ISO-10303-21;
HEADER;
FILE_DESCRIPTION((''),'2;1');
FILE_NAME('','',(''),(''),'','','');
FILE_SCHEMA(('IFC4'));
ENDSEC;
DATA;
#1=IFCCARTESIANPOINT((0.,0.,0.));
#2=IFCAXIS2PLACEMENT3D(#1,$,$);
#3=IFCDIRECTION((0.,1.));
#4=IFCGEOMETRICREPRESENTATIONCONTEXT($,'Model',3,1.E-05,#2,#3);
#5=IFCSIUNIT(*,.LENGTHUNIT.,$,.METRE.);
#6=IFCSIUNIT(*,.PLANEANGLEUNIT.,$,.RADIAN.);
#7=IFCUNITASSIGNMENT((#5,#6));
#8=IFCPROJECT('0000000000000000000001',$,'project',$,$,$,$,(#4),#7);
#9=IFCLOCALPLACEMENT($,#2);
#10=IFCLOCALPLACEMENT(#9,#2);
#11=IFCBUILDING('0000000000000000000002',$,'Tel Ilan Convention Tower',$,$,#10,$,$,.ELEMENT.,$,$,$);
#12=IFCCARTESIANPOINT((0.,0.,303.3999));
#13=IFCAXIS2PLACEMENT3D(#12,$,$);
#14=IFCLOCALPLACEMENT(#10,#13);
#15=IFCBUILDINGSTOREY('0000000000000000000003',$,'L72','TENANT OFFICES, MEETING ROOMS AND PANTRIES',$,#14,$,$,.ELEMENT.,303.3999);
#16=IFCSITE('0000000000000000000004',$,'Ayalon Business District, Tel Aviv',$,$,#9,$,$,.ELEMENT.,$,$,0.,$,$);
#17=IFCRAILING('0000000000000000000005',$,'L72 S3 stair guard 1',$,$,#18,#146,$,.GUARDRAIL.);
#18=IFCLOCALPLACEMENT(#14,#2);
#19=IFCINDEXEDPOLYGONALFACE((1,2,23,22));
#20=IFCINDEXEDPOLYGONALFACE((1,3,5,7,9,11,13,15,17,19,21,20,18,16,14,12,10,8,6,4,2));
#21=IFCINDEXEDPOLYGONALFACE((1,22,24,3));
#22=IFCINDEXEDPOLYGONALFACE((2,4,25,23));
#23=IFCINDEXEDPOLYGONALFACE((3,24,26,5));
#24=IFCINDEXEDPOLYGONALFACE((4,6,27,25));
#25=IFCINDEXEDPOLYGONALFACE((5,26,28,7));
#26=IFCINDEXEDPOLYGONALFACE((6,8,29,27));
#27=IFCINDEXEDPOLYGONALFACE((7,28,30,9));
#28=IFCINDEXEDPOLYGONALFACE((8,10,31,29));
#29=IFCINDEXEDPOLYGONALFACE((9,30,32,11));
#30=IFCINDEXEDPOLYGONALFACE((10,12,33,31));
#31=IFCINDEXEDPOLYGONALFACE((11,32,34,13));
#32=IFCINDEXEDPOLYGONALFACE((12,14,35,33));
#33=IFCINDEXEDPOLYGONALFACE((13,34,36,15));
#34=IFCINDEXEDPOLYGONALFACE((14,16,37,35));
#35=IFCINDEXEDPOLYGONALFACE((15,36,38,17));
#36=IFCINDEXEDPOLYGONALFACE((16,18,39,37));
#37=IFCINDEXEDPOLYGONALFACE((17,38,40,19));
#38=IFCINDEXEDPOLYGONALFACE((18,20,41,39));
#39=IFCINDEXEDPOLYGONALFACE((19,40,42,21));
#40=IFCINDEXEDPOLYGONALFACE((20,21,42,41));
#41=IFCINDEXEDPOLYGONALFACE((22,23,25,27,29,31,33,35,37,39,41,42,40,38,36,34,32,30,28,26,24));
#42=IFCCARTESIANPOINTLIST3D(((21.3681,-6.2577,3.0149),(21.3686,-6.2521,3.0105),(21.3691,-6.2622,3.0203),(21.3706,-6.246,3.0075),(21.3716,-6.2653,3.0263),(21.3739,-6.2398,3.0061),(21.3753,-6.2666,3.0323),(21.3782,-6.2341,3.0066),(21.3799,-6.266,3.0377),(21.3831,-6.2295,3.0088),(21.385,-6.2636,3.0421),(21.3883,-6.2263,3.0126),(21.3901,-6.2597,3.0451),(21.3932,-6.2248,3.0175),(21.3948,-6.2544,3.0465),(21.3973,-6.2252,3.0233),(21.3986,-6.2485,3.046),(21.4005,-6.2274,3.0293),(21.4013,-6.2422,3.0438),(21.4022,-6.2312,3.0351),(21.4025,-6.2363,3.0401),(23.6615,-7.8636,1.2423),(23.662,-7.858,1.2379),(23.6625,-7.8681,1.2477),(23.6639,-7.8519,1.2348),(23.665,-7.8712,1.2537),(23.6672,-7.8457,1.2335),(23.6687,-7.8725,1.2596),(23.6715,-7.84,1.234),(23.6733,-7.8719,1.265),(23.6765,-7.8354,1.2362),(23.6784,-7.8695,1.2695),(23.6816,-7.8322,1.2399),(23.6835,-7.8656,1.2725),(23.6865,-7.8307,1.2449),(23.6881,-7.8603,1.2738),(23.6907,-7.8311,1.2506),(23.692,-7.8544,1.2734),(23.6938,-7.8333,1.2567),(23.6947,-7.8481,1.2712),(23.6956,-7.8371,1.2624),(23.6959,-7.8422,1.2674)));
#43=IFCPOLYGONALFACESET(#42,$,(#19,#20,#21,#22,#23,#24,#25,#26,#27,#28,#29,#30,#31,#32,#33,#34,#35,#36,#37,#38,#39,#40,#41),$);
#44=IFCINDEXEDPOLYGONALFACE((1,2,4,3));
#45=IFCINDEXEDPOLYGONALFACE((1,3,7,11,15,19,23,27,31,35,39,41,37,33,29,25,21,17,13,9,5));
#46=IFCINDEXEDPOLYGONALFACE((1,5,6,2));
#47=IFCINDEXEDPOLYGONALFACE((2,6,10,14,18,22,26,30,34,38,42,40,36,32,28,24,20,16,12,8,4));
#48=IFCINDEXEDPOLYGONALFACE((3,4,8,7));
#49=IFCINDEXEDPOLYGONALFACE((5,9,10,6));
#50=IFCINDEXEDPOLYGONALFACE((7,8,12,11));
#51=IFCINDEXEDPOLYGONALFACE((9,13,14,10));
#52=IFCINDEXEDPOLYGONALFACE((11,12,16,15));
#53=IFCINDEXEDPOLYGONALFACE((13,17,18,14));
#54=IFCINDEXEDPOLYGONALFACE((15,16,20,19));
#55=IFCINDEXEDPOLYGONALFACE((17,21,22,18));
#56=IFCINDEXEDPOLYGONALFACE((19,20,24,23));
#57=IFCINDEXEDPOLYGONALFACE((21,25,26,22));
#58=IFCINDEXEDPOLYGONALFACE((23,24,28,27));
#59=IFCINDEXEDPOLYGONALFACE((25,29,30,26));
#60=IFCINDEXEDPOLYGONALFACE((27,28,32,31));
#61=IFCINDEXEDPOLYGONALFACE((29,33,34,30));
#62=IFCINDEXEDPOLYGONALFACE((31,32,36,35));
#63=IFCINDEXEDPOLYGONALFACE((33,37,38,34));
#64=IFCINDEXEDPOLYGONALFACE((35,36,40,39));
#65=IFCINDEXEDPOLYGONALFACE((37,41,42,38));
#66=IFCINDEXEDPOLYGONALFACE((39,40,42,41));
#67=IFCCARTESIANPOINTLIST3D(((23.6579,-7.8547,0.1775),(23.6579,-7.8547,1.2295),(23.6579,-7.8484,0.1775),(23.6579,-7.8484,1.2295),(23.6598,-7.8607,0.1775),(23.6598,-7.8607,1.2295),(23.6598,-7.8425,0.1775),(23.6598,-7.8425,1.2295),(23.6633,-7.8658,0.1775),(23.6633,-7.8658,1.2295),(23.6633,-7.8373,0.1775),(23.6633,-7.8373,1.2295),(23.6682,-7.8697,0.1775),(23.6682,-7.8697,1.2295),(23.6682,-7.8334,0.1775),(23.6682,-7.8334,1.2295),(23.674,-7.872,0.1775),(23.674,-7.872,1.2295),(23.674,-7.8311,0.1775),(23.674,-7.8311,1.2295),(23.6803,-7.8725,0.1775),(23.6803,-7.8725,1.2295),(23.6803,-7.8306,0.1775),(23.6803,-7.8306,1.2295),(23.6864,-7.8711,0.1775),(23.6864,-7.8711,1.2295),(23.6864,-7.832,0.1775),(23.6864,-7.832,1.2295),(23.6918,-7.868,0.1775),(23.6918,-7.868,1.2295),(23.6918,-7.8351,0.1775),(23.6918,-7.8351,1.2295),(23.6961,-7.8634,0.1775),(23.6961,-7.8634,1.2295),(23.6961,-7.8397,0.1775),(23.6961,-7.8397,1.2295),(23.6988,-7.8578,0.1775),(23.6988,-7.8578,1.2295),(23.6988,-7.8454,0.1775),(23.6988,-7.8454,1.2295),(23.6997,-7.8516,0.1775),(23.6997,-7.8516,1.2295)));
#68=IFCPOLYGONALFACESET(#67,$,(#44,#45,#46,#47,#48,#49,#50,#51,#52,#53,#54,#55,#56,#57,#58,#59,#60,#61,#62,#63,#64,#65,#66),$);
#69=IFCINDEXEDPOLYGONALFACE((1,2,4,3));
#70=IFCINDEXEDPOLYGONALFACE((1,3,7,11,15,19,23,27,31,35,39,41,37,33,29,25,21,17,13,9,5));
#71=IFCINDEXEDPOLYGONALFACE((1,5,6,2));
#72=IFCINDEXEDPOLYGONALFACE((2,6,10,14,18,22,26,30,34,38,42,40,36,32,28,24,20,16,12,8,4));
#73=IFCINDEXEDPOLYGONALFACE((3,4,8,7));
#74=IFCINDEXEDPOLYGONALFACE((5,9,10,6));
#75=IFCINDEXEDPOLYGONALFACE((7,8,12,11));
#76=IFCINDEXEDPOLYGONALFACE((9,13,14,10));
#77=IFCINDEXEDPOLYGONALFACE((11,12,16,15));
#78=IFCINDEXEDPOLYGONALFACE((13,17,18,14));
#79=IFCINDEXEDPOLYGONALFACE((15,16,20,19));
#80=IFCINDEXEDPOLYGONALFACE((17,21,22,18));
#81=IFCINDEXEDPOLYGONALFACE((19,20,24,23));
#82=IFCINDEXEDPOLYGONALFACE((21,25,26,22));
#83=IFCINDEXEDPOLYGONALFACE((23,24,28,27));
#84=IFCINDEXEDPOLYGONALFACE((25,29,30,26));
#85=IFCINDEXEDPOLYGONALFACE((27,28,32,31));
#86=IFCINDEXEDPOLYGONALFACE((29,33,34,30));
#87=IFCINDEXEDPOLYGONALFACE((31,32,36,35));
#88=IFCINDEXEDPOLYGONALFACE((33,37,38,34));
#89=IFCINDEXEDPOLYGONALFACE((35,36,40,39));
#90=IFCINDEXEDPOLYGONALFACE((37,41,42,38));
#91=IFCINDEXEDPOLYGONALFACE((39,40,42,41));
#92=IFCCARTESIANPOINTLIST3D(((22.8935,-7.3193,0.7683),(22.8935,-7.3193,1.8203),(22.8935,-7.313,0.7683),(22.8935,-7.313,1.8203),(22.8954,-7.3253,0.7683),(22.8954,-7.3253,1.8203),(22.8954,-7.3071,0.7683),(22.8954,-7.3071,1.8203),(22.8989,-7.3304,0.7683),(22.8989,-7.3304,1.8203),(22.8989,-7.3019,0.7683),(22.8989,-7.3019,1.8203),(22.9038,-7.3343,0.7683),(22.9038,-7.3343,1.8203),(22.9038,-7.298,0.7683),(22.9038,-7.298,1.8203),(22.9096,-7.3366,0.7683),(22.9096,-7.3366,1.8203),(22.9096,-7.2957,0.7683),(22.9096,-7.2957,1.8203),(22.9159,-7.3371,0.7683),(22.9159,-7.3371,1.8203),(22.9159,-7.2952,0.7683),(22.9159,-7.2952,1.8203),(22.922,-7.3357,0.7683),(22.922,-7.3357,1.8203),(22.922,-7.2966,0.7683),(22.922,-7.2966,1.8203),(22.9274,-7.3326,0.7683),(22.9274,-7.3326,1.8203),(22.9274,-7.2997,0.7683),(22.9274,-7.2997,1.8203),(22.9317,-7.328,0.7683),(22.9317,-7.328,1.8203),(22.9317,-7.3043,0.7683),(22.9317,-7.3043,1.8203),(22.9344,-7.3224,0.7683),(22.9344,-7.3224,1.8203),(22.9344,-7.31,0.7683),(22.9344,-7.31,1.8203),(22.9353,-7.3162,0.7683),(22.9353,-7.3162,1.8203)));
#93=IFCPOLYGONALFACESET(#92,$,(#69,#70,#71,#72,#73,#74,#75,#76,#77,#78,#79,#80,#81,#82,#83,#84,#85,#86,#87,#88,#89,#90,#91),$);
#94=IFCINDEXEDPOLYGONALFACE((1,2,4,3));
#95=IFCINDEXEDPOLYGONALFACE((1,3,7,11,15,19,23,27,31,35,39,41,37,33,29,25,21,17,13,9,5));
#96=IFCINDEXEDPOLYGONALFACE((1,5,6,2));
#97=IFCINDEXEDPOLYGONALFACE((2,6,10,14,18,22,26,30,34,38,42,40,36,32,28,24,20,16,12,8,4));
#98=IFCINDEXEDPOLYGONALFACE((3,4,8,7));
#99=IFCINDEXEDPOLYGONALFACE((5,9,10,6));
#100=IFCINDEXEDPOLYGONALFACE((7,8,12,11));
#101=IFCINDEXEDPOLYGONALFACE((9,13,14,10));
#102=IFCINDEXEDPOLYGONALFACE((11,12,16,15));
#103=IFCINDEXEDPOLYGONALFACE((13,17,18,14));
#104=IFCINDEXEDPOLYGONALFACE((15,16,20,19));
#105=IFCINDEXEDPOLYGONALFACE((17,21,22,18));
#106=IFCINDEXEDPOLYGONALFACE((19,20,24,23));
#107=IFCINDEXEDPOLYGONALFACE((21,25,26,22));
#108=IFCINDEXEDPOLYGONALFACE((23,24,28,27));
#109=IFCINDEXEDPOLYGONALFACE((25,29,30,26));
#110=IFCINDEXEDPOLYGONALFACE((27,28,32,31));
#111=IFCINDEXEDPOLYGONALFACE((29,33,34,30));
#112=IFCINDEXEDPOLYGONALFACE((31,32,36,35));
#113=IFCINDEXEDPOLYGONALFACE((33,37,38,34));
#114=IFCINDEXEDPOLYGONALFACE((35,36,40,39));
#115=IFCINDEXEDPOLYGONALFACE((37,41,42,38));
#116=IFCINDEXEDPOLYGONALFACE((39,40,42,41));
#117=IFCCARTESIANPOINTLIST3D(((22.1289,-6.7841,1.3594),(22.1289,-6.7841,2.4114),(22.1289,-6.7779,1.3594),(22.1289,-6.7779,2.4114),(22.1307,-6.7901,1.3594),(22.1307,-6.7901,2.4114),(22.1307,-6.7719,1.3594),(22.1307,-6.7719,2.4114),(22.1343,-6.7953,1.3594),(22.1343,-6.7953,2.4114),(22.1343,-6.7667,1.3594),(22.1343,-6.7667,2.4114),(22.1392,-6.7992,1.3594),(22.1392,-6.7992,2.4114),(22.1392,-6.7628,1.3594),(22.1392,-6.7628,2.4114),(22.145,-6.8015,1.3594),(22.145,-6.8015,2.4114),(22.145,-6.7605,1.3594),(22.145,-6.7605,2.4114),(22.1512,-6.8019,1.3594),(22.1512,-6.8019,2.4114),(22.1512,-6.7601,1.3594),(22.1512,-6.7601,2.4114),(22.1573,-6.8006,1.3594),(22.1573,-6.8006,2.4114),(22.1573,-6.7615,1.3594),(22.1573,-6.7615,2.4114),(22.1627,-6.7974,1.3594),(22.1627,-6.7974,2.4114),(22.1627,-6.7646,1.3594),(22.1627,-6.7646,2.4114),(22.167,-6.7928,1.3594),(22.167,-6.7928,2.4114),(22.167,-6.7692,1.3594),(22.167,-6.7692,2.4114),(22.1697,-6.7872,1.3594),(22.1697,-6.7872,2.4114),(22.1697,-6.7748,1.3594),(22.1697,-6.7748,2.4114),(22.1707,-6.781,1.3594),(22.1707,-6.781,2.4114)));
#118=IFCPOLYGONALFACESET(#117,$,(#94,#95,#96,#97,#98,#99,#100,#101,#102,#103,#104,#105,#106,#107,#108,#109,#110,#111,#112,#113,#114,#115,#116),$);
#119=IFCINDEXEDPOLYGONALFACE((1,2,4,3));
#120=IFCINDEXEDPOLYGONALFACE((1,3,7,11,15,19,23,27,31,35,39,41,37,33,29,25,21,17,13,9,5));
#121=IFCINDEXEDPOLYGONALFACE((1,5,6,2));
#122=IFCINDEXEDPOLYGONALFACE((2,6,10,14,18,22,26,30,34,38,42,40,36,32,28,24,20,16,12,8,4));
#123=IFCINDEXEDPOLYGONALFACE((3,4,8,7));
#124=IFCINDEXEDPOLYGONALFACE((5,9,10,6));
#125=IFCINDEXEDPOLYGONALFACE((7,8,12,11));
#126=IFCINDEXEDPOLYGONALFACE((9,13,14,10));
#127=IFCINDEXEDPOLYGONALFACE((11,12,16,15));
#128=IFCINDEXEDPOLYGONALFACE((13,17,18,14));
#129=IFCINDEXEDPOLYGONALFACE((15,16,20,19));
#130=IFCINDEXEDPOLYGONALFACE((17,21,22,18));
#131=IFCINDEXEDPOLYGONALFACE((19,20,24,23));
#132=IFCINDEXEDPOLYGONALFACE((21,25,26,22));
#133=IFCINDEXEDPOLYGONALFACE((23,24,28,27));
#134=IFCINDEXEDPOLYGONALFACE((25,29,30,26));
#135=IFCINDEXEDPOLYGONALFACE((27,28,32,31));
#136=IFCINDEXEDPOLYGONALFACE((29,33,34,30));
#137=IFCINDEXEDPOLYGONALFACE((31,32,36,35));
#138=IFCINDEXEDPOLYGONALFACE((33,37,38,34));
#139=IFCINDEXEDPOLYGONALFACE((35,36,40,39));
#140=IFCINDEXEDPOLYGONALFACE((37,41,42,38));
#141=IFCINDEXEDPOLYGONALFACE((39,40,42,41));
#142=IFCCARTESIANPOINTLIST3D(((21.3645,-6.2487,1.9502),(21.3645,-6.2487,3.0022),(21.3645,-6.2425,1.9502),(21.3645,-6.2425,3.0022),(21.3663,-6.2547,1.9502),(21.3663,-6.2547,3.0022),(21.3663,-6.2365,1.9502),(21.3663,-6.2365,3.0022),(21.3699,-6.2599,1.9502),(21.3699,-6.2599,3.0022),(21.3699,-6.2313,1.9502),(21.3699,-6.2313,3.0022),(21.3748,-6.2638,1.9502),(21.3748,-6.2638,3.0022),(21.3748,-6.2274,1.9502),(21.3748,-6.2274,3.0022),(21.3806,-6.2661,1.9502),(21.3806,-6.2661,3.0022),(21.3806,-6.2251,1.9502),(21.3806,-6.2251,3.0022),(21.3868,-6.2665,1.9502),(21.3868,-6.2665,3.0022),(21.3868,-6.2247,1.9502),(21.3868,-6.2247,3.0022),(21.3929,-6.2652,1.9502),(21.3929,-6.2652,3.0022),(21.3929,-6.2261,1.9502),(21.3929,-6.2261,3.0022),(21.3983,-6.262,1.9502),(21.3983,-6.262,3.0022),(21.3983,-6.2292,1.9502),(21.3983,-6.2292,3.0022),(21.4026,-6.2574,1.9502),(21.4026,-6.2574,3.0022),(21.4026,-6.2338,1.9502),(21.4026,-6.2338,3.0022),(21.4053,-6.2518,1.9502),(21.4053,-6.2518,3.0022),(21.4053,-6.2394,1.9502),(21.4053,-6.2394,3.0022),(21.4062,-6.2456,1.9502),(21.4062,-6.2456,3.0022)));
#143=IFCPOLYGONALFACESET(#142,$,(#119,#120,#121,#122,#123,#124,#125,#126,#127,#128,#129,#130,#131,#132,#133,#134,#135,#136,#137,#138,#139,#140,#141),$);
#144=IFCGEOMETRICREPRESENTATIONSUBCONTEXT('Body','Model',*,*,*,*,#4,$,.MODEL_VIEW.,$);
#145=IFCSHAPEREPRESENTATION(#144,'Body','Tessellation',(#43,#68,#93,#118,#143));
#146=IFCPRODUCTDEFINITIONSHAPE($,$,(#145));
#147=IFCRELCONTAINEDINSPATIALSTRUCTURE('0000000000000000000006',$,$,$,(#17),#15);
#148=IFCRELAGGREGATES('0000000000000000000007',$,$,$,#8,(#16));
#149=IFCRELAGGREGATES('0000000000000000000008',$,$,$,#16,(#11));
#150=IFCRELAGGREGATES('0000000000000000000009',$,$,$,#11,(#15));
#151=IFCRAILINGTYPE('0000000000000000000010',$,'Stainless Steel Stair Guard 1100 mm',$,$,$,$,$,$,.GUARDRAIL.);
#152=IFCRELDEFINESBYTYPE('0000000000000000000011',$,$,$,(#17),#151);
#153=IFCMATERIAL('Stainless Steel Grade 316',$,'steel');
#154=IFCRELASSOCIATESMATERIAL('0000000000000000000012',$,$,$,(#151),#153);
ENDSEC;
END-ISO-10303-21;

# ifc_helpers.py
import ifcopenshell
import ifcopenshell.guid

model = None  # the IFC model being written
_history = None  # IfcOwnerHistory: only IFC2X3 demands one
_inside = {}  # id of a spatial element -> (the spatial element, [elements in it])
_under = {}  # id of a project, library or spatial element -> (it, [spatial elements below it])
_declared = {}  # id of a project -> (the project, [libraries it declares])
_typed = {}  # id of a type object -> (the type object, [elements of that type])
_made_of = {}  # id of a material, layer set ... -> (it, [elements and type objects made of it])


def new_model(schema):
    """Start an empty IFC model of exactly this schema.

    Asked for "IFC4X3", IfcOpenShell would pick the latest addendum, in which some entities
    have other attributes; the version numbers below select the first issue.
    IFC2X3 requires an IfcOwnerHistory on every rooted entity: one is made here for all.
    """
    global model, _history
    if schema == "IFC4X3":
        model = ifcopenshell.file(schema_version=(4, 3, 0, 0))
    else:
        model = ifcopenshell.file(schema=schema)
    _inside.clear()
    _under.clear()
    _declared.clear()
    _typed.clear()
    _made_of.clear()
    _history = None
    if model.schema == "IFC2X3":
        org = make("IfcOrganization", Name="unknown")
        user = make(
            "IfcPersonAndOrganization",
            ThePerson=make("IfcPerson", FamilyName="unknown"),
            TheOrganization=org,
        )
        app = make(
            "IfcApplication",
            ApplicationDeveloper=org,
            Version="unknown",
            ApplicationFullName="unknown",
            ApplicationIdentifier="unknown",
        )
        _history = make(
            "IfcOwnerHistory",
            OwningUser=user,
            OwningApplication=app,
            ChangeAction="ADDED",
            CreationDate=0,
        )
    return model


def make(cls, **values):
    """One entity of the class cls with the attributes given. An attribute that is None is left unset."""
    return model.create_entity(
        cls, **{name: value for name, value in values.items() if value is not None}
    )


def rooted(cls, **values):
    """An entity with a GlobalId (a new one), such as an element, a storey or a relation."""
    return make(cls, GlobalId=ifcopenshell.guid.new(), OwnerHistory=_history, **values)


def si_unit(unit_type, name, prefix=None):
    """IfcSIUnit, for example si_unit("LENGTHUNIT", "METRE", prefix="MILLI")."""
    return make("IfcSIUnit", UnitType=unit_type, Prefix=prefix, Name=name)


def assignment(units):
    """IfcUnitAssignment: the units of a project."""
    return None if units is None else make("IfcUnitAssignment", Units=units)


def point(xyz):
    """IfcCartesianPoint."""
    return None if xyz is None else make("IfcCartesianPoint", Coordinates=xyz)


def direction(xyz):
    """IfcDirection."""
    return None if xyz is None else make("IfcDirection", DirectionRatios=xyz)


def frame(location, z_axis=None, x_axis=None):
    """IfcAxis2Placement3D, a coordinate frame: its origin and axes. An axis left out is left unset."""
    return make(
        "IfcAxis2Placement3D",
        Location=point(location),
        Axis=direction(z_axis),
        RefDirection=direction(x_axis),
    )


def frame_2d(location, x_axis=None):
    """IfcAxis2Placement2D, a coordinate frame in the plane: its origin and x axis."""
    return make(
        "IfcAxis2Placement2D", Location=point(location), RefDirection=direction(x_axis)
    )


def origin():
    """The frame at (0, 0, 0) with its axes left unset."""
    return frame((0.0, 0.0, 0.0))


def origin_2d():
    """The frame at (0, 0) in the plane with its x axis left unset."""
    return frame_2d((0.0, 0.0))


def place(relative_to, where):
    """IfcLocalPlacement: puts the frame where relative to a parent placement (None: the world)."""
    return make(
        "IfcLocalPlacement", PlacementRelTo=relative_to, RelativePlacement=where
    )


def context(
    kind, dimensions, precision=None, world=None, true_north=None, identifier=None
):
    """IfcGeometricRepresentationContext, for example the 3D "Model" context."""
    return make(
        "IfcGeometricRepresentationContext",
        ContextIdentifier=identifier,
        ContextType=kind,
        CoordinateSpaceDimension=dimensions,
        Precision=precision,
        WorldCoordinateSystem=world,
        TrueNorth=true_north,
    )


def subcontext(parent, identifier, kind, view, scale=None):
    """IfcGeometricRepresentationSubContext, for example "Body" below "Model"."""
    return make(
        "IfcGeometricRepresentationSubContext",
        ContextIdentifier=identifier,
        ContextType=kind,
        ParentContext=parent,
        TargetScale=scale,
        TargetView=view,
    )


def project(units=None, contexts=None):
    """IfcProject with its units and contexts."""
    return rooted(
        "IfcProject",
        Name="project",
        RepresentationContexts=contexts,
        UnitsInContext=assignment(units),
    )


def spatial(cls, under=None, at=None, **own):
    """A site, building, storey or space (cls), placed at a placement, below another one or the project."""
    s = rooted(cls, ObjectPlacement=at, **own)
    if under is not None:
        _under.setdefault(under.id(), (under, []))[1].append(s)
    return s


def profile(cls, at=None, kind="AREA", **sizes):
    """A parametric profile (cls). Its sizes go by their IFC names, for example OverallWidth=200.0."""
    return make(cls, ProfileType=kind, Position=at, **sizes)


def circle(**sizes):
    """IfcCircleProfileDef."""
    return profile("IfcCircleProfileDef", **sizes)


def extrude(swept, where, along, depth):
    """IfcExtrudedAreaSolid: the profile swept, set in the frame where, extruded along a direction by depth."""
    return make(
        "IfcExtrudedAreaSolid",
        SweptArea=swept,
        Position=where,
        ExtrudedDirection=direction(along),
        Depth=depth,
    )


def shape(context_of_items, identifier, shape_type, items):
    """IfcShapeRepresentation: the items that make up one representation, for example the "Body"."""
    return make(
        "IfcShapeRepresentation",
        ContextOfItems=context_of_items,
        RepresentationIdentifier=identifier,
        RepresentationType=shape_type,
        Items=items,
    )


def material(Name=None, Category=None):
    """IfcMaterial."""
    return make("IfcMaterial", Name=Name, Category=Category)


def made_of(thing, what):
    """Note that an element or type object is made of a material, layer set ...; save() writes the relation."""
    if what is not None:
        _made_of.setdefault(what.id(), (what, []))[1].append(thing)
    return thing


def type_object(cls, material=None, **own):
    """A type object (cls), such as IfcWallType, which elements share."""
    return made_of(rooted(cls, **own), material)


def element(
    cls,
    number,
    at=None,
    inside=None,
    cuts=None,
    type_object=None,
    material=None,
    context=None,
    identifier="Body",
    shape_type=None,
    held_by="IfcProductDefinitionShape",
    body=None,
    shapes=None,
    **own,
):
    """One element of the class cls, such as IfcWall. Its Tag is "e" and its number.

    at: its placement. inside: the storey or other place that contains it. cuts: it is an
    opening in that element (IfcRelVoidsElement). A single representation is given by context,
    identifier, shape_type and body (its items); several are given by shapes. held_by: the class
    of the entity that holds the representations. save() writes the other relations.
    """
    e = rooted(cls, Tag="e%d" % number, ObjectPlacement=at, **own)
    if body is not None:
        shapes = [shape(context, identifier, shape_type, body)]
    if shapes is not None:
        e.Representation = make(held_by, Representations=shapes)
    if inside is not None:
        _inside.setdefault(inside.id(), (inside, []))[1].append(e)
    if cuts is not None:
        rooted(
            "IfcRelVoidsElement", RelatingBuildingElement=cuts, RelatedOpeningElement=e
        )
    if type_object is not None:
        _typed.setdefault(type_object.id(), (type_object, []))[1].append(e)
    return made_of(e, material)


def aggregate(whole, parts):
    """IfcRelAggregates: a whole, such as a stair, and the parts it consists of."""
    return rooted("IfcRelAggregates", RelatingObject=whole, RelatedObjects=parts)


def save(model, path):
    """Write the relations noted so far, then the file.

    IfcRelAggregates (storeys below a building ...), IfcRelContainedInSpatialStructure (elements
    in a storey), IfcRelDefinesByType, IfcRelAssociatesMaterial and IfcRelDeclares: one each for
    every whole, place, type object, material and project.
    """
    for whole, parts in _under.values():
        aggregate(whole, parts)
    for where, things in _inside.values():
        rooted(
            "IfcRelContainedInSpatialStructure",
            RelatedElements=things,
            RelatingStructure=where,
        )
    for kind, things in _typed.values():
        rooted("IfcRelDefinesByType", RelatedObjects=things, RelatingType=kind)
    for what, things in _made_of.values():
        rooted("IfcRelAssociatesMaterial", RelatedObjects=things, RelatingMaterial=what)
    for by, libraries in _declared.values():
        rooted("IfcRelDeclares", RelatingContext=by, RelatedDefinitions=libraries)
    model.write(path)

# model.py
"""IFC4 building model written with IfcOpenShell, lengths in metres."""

from ifc_helpers import new_model, si_unit, direction, frame, origin, origin_2d, place, context, subcontext, project, spatial, circle, extrude, material, type_object, element, save


model = new_model("IFC4")

# Units and contexts
model_context = context("Model", 3, precision=1e-05, world=origin(), true_north=direction((0.0, 1.0)))
body_context = subcontext(model_context, "Body", "Model", "MODEL_VIEW")
ifc_project = project(units=[si_unit("LENGTHUNIT", "METRE"), si_unit("PLANEANGLEUNIT", "RADIAN")], contexts=[model_context])

# Site, building, storey
site_placement = place(None, origin())
site = spatial("IfcSite", under=ifc_project, at=site_placement, Name="Ayalon Business District, Tel Aviv", CompositionType="ELEMENT", RefElevation=0.0)
building_placement = place(site_placement, origin())
building = spatial("IfcBuilding", under=site, at=building_placement, Name="Tel Ilan Convention Tower", CompositionType="ELEMENT")
storey_placement = place(building_placement, frame((0.0, 0.0, 303.3999)))
storey = spatial("IfcBuildingStorey", under=building, at=storey_placement, Name="L72", Description="TENANT OFFICES, MEETING ROOMS AND PANTRIES", CompositionType="ELEMENT", Elevation=303.3999)

# Railing
ifc_material_1 = material(Name="Stainless Steel Grade 316", Category="steel")
railing_type_1 = type_object("IfcRailingType", Name="Stainless Steel Stair Guard 1100 mm", PredefinedType="GUARDRAIL", material=ifc_material_1)
railing_1_placement = place(storey_placement, frame((23.6787, -7.8516, 0.1775)))
element("IfcRailing", 1, at=railing_1_placement, inside=storey, type_object=railing_type_1, Name="L72 S3 stair guard 1", PredefinedType="GUARDRAIL", context=body_context, shape_type="SweptSolid", body=[
    extrude(circle(Radius=0.0239, at=origin_2d()), frame((0.0, 0.0, 1.0762), z_axis=(-0.692085, 0.484621, 0.53494), x_axis=(-0.573591, -0.819142, 0.0)), (0.0, 0.0, 1.0), 3.3137),
    extrude(circle(Radius=0.021, at=origin_2d()), origin(), (0.0, 0.0, 1.0), 1.052),
    extrude(circle(Radius=0.021, at=origin_2d()), frame((-0.7644, 0.5354, 0.5908)), (0.0, 0.0, 1.0), 1.052),
    extrude(circle(Radius=0.021, at=origin_2d()), frame((-1.5291, 1.0706, 1.1819)), (0.0, 0.0, 1.0), 1.052),
    extrude(circle(Radius=0.021, at=origin_2d()), frame((-2.2935, 1.606, 1.7727)), (0.0, 0.0, 1.0), 1.052),
])

save(model, "model.ifc")
